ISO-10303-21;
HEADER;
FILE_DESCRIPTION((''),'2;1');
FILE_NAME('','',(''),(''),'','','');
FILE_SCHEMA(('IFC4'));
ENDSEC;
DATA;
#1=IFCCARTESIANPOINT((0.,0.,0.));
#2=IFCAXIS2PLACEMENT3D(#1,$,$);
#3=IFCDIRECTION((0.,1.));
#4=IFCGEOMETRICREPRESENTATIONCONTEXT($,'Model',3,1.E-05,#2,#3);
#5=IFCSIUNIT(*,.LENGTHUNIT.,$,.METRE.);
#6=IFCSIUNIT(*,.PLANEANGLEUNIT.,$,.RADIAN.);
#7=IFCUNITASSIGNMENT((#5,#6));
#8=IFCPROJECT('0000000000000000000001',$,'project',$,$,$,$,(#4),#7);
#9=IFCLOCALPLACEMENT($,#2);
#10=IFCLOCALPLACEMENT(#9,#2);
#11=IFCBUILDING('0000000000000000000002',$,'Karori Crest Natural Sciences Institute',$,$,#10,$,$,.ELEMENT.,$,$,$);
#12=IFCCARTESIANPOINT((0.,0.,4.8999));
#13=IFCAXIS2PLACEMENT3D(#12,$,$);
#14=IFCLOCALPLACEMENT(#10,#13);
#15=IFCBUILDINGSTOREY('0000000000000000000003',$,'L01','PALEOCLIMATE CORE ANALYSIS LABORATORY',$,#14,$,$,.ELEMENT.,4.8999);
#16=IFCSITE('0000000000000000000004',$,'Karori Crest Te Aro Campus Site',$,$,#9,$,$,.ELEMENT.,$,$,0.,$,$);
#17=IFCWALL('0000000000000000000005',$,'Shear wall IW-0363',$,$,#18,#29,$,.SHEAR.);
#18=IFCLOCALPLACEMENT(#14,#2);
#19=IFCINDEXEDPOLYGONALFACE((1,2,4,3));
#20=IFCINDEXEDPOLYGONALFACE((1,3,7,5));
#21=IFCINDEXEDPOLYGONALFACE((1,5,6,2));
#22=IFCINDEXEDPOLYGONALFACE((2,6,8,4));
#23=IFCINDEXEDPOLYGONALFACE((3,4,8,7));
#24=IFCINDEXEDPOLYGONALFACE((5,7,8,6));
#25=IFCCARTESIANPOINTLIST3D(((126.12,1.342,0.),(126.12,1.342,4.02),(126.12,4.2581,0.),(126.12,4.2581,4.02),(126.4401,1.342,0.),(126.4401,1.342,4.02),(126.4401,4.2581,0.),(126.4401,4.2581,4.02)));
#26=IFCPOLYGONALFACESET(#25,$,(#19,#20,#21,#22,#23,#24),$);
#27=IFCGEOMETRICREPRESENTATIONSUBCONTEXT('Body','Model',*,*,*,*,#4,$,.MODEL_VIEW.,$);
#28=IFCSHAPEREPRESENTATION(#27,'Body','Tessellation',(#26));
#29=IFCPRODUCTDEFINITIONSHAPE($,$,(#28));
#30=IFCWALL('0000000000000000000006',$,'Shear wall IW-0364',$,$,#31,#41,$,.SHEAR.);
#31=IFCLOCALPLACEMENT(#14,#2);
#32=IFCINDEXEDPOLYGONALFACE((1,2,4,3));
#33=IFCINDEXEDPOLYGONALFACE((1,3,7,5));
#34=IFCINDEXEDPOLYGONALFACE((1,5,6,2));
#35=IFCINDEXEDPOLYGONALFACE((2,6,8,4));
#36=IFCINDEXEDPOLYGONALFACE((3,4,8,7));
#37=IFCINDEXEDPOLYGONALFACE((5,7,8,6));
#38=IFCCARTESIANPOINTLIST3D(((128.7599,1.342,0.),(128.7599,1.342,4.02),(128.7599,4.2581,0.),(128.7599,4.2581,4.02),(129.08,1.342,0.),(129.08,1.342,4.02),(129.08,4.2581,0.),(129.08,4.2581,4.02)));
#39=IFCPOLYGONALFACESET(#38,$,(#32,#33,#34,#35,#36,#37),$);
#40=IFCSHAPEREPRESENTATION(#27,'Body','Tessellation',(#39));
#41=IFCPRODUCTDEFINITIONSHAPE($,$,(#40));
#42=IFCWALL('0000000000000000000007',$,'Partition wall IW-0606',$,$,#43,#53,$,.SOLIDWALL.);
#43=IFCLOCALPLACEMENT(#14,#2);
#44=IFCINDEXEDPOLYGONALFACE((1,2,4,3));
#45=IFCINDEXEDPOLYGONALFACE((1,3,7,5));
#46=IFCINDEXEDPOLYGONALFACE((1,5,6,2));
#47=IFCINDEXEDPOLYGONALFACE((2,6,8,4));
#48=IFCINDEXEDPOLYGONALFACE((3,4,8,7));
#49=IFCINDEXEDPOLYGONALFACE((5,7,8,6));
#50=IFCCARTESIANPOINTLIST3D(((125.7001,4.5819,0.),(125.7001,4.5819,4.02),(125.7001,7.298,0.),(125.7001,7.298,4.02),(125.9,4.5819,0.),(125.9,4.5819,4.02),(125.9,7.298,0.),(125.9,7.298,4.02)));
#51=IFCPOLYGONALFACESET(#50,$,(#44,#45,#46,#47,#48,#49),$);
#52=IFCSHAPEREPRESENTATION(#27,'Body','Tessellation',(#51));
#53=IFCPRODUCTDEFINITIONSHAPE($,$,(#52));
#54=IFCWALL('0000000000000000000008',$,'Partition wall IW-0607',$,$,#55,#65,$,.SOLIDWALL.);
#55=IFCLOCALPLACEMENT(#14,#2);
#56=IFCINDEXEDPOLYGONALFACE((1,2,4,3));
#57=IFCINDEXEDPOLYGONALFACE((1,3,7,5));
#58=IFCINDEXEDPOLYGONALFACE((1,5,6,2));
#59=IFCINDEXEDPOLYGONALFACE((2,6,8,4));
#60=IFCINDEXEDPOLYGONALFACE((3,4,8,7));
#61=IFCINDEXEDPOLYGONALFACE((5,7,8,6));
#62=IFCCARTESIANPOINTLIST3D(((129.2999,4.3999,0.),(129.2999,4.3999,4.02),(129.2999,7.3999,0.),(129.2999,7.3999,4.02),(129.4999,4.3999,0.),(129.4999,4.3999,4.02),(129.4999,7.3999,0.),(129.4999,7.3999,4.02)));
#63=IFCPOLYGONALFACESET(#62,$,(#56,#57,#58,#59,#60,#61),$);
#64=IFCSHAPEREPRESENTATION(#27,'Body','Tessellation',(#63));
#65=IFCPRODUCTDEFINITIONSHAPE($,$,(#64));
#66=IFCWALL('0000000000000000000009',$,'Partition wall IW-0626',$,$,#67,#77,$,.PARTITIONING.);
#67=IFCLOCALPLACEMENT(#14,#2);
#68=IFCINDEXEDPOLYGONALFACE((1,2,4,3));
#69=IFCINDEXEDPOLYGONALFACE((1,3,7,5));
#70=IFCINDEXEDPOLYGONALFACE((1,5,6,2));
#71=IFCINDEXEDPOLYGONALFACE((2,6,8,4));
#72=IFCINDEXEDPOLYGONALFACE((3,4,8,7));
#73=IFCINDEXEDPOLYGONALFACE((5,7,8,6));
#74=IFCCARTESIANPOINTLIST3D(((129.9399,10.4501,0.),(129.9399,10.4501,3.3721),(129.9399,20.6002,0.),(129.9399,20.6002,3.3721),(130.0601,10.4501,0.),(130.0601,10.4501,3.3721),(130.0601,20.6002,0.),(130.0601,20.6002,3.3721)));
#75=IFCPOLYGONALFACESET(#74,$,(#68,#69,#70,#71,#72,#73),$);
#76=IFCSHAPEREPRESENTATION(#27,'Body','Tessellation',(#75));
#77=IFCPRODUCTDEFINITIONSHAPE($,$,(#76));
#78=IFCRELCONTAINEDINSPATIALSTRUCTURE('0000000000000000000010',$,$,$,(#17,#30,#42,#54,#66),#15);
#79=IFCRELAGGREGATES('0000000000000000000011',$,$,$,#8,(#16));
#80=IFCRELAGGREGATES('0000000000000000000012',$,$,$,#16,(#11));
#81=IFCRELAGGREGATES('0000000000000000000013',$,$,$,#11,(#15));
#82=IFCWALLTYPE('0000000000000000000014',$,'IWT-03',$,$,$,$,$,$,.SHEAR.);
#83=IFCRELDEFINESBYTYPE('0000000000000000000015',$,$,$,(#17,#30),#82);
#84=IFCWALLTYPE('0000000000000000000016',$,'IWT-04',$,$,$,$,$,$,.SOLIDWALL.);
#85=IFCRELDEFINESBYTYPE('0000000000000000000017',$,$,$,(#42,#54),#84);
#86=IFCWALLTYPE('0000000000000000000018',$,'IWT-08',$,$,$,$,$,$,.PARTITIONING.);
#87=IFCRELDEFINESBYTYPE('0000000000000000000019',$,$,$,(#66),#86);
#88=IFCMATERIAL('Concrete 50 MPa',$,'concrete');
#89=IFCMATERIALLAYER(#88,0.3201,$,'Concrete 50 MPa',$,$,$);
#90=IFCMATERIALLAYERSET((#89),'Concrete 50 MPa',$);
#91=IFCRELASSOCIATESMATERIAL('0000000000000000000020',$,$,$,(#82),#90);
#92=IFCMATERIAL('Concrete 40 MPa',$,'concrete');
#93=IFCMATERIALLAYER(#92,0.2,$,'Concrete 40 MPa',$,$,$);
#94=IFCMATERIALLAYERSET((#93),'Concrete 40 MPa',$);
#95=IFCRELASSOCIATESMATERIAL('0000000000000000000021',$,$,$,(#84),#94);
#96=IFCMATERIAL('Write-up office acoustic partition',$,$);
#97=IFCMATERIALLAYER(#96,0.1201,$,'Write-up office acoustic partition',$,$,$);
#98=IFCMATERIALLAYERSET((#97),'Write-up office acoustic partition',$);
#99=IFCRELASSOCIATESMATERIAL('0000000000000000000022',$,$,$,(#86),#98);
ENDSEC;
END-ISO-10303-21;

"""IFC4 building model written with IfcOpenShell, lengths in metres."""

from ifc_helpers import new_model, si_unit, direction, frame, frame_2d, origin, place, context, subcontext, project, spatial, rectangle, extrude, material, layer, layer_set, type_object, element, save


model = new_model("IFC4")

# Units and contexts
model_context = context("Model", 3, precision=1e-05, world=origin(), true_north=direction((0.0, 1.0)))
body_context = subcontext(model_context, "Body", "Model", "MODEL_VIEW")
ifc_project = project(units=[si_unit("LENGTHUNIT", "METRE"), si_unit("PLANEANGLEUNIT", "RADIAN")], contexts=[model_context])

# Site, building, storey
site_placement = place(None, origin())
site = spatial("IfcSite", under=ifc_project, at=site_placement, Name="Karori Crest Te Aro Campus Site", CompositionType="ELEMENT", RefElevation=0.0)
building_placement = place(site_placement, origin())
building = spatial("IfcBuilding", under=site, at=building_placement, Name="Karori Crest Natural Sciences Institute", CompositionType="ELEMENT")
storey_placement = place(building_placement, frame((0.0, 0.0, 4.8999)))
storey = spatial("IfcBuildingStorey", under=building, at=storey_placement, Name="L01", Description="PALEOCLIMATE CORE ANALYSIS LABORATORY", CompositionType="ELEMENT", Elevation=4.8999)

# Shared definitions
ifc_material_1 = material(Name="Concrete 50 MPa", Category="concrete")
ifc_layer_1 = layer(ifc_material_1, 0.3201, Name="Concrete 50 MPa")
ifc_layer_set_1 = layer_set([ifc_layer_1], Name="Concrete 50 MPa")
wall_type_1 = type_object("IfcWallType", Name="IWT-03", PredefinedType="SHEAR", material=ifc_layer_set_1)

# Walls
for number, where, z_axis, x_axis, name in (
    (1, (126.28, 1.342, 0.0), (0.0, 0.0, 1.0), (0.0, 1.0, 0.0), "Shear wall IW-0363"),
    (2, (128.9199, 1.342, 0.0), (0.0, 0.0, 1.0), (0.0, 1.0, 0.0), "Shear wall IW-0364"),
):
    element("IfcWall", number, at=place(storey_placement, frame(where, z_axis=z_axis, x_axis=x_axis)), inside=storey, type_object=wall_type_1, Name=name, PredefinedType="SHEAR", context=body_context, shape_type="SweptSolid", body=[
        extrude(rectangle(XDim=2.916, YDim=0.3201, at=frame_2d((1.458, 0.0))), origin(), (0.0, 0.0, 1.0), 4.02),
    ])

# Shared definitions
ifc_material_2 = material(Name="Concrete 40 MPa", Category="concrete")
ifc_layer_2 = layer(ifc_material_2, 0.2, Name="Concrete 40 MPa")
ifc_layer_set_2 = layer_set([ifc_layer_2], Name="Concrete 40 MPa")
wall_type_2 = type_object("IfcWallType", Name="IWT-04", PredefinedType="SOLIDWALL", material=ifc_layer_set_2)

# Walls
wall_1_placement = place(storey_placement, frame((125.8, 4.582, 0.0), z_axis=(0.0, 0.0, 1.0), x_axis=(0.0, 1.0, 0.0)))
element("IfcWall", 3, at=wall_1_placement, inside=storey, type_object=wall_type_2, Name="Partition wall IW-0606", PredefinedType="SOLIDWALL", context=body_context, shape_type="SweptSolid", body=[
    extrude(rectangle(XDim=2.7161, YDim=0.2, at=frame_2d((1.3579, 0.0))), origin(), (0.0, 0.0, 1.0), 4.02),
])
wall_2_placement = place(storey_placement, frame((129.3999, 4.3999, 0.0), z_axis=(0.0, 0.0, 1.0), x_axis=(0.0, 1.0, 0.0)))
element("IfcWall", 4, at=wall_2_placement, inside=storey, type_object=wall_type_2, Name="Partition wall IW-0607", PredefinedType="SOLIDWALL", context=body_context, shape_type="SweptSolid", body=[
    extrude(rectangle(XDim=3.0, YDim=0.2, at=frame_2d((1.5, 0.0))), origin(), (0.0, 0.0, 1.0), 4.02),
])
ifc_material_3 = material(Name="Write-up office acoustic partition")
ifc_layer_3 = layer(ifc_material_3, 0.1201, Name="Write-up office acoustic partition")
ifc_layer_set_3 = layer_set([ifc_layer_3], Name="Write-up office acoustic partition")
wall_type_3 = type_object("IfcWallType", Name="IWT-08", PredefinedType="PARTITIONING", material=ifc_layer_set_3)
wall_3_placement = place(storey_placement, frame((130.0, 10.45, 0.0), z_axis=(0.0, 0.0, 1.0), x_axis=(0.0, 1.0, 0.0)))
element("IfcWall", 5, at=wall_3_placement, inside=storey, type_object=wall_type_3, Name="Partition wall IW-0626", PredefinedType="PARTITIONING", context=body_context, shape_type="SweptSolid", body=[
    extrude(rectangle(XDim=10.1501, YDim=0.1201, at=frame_2d((5.0752, 0.0))), origin(), (0.0, 0.0, 1.0), 3.3721),
])

save(model, "model.ifc")
